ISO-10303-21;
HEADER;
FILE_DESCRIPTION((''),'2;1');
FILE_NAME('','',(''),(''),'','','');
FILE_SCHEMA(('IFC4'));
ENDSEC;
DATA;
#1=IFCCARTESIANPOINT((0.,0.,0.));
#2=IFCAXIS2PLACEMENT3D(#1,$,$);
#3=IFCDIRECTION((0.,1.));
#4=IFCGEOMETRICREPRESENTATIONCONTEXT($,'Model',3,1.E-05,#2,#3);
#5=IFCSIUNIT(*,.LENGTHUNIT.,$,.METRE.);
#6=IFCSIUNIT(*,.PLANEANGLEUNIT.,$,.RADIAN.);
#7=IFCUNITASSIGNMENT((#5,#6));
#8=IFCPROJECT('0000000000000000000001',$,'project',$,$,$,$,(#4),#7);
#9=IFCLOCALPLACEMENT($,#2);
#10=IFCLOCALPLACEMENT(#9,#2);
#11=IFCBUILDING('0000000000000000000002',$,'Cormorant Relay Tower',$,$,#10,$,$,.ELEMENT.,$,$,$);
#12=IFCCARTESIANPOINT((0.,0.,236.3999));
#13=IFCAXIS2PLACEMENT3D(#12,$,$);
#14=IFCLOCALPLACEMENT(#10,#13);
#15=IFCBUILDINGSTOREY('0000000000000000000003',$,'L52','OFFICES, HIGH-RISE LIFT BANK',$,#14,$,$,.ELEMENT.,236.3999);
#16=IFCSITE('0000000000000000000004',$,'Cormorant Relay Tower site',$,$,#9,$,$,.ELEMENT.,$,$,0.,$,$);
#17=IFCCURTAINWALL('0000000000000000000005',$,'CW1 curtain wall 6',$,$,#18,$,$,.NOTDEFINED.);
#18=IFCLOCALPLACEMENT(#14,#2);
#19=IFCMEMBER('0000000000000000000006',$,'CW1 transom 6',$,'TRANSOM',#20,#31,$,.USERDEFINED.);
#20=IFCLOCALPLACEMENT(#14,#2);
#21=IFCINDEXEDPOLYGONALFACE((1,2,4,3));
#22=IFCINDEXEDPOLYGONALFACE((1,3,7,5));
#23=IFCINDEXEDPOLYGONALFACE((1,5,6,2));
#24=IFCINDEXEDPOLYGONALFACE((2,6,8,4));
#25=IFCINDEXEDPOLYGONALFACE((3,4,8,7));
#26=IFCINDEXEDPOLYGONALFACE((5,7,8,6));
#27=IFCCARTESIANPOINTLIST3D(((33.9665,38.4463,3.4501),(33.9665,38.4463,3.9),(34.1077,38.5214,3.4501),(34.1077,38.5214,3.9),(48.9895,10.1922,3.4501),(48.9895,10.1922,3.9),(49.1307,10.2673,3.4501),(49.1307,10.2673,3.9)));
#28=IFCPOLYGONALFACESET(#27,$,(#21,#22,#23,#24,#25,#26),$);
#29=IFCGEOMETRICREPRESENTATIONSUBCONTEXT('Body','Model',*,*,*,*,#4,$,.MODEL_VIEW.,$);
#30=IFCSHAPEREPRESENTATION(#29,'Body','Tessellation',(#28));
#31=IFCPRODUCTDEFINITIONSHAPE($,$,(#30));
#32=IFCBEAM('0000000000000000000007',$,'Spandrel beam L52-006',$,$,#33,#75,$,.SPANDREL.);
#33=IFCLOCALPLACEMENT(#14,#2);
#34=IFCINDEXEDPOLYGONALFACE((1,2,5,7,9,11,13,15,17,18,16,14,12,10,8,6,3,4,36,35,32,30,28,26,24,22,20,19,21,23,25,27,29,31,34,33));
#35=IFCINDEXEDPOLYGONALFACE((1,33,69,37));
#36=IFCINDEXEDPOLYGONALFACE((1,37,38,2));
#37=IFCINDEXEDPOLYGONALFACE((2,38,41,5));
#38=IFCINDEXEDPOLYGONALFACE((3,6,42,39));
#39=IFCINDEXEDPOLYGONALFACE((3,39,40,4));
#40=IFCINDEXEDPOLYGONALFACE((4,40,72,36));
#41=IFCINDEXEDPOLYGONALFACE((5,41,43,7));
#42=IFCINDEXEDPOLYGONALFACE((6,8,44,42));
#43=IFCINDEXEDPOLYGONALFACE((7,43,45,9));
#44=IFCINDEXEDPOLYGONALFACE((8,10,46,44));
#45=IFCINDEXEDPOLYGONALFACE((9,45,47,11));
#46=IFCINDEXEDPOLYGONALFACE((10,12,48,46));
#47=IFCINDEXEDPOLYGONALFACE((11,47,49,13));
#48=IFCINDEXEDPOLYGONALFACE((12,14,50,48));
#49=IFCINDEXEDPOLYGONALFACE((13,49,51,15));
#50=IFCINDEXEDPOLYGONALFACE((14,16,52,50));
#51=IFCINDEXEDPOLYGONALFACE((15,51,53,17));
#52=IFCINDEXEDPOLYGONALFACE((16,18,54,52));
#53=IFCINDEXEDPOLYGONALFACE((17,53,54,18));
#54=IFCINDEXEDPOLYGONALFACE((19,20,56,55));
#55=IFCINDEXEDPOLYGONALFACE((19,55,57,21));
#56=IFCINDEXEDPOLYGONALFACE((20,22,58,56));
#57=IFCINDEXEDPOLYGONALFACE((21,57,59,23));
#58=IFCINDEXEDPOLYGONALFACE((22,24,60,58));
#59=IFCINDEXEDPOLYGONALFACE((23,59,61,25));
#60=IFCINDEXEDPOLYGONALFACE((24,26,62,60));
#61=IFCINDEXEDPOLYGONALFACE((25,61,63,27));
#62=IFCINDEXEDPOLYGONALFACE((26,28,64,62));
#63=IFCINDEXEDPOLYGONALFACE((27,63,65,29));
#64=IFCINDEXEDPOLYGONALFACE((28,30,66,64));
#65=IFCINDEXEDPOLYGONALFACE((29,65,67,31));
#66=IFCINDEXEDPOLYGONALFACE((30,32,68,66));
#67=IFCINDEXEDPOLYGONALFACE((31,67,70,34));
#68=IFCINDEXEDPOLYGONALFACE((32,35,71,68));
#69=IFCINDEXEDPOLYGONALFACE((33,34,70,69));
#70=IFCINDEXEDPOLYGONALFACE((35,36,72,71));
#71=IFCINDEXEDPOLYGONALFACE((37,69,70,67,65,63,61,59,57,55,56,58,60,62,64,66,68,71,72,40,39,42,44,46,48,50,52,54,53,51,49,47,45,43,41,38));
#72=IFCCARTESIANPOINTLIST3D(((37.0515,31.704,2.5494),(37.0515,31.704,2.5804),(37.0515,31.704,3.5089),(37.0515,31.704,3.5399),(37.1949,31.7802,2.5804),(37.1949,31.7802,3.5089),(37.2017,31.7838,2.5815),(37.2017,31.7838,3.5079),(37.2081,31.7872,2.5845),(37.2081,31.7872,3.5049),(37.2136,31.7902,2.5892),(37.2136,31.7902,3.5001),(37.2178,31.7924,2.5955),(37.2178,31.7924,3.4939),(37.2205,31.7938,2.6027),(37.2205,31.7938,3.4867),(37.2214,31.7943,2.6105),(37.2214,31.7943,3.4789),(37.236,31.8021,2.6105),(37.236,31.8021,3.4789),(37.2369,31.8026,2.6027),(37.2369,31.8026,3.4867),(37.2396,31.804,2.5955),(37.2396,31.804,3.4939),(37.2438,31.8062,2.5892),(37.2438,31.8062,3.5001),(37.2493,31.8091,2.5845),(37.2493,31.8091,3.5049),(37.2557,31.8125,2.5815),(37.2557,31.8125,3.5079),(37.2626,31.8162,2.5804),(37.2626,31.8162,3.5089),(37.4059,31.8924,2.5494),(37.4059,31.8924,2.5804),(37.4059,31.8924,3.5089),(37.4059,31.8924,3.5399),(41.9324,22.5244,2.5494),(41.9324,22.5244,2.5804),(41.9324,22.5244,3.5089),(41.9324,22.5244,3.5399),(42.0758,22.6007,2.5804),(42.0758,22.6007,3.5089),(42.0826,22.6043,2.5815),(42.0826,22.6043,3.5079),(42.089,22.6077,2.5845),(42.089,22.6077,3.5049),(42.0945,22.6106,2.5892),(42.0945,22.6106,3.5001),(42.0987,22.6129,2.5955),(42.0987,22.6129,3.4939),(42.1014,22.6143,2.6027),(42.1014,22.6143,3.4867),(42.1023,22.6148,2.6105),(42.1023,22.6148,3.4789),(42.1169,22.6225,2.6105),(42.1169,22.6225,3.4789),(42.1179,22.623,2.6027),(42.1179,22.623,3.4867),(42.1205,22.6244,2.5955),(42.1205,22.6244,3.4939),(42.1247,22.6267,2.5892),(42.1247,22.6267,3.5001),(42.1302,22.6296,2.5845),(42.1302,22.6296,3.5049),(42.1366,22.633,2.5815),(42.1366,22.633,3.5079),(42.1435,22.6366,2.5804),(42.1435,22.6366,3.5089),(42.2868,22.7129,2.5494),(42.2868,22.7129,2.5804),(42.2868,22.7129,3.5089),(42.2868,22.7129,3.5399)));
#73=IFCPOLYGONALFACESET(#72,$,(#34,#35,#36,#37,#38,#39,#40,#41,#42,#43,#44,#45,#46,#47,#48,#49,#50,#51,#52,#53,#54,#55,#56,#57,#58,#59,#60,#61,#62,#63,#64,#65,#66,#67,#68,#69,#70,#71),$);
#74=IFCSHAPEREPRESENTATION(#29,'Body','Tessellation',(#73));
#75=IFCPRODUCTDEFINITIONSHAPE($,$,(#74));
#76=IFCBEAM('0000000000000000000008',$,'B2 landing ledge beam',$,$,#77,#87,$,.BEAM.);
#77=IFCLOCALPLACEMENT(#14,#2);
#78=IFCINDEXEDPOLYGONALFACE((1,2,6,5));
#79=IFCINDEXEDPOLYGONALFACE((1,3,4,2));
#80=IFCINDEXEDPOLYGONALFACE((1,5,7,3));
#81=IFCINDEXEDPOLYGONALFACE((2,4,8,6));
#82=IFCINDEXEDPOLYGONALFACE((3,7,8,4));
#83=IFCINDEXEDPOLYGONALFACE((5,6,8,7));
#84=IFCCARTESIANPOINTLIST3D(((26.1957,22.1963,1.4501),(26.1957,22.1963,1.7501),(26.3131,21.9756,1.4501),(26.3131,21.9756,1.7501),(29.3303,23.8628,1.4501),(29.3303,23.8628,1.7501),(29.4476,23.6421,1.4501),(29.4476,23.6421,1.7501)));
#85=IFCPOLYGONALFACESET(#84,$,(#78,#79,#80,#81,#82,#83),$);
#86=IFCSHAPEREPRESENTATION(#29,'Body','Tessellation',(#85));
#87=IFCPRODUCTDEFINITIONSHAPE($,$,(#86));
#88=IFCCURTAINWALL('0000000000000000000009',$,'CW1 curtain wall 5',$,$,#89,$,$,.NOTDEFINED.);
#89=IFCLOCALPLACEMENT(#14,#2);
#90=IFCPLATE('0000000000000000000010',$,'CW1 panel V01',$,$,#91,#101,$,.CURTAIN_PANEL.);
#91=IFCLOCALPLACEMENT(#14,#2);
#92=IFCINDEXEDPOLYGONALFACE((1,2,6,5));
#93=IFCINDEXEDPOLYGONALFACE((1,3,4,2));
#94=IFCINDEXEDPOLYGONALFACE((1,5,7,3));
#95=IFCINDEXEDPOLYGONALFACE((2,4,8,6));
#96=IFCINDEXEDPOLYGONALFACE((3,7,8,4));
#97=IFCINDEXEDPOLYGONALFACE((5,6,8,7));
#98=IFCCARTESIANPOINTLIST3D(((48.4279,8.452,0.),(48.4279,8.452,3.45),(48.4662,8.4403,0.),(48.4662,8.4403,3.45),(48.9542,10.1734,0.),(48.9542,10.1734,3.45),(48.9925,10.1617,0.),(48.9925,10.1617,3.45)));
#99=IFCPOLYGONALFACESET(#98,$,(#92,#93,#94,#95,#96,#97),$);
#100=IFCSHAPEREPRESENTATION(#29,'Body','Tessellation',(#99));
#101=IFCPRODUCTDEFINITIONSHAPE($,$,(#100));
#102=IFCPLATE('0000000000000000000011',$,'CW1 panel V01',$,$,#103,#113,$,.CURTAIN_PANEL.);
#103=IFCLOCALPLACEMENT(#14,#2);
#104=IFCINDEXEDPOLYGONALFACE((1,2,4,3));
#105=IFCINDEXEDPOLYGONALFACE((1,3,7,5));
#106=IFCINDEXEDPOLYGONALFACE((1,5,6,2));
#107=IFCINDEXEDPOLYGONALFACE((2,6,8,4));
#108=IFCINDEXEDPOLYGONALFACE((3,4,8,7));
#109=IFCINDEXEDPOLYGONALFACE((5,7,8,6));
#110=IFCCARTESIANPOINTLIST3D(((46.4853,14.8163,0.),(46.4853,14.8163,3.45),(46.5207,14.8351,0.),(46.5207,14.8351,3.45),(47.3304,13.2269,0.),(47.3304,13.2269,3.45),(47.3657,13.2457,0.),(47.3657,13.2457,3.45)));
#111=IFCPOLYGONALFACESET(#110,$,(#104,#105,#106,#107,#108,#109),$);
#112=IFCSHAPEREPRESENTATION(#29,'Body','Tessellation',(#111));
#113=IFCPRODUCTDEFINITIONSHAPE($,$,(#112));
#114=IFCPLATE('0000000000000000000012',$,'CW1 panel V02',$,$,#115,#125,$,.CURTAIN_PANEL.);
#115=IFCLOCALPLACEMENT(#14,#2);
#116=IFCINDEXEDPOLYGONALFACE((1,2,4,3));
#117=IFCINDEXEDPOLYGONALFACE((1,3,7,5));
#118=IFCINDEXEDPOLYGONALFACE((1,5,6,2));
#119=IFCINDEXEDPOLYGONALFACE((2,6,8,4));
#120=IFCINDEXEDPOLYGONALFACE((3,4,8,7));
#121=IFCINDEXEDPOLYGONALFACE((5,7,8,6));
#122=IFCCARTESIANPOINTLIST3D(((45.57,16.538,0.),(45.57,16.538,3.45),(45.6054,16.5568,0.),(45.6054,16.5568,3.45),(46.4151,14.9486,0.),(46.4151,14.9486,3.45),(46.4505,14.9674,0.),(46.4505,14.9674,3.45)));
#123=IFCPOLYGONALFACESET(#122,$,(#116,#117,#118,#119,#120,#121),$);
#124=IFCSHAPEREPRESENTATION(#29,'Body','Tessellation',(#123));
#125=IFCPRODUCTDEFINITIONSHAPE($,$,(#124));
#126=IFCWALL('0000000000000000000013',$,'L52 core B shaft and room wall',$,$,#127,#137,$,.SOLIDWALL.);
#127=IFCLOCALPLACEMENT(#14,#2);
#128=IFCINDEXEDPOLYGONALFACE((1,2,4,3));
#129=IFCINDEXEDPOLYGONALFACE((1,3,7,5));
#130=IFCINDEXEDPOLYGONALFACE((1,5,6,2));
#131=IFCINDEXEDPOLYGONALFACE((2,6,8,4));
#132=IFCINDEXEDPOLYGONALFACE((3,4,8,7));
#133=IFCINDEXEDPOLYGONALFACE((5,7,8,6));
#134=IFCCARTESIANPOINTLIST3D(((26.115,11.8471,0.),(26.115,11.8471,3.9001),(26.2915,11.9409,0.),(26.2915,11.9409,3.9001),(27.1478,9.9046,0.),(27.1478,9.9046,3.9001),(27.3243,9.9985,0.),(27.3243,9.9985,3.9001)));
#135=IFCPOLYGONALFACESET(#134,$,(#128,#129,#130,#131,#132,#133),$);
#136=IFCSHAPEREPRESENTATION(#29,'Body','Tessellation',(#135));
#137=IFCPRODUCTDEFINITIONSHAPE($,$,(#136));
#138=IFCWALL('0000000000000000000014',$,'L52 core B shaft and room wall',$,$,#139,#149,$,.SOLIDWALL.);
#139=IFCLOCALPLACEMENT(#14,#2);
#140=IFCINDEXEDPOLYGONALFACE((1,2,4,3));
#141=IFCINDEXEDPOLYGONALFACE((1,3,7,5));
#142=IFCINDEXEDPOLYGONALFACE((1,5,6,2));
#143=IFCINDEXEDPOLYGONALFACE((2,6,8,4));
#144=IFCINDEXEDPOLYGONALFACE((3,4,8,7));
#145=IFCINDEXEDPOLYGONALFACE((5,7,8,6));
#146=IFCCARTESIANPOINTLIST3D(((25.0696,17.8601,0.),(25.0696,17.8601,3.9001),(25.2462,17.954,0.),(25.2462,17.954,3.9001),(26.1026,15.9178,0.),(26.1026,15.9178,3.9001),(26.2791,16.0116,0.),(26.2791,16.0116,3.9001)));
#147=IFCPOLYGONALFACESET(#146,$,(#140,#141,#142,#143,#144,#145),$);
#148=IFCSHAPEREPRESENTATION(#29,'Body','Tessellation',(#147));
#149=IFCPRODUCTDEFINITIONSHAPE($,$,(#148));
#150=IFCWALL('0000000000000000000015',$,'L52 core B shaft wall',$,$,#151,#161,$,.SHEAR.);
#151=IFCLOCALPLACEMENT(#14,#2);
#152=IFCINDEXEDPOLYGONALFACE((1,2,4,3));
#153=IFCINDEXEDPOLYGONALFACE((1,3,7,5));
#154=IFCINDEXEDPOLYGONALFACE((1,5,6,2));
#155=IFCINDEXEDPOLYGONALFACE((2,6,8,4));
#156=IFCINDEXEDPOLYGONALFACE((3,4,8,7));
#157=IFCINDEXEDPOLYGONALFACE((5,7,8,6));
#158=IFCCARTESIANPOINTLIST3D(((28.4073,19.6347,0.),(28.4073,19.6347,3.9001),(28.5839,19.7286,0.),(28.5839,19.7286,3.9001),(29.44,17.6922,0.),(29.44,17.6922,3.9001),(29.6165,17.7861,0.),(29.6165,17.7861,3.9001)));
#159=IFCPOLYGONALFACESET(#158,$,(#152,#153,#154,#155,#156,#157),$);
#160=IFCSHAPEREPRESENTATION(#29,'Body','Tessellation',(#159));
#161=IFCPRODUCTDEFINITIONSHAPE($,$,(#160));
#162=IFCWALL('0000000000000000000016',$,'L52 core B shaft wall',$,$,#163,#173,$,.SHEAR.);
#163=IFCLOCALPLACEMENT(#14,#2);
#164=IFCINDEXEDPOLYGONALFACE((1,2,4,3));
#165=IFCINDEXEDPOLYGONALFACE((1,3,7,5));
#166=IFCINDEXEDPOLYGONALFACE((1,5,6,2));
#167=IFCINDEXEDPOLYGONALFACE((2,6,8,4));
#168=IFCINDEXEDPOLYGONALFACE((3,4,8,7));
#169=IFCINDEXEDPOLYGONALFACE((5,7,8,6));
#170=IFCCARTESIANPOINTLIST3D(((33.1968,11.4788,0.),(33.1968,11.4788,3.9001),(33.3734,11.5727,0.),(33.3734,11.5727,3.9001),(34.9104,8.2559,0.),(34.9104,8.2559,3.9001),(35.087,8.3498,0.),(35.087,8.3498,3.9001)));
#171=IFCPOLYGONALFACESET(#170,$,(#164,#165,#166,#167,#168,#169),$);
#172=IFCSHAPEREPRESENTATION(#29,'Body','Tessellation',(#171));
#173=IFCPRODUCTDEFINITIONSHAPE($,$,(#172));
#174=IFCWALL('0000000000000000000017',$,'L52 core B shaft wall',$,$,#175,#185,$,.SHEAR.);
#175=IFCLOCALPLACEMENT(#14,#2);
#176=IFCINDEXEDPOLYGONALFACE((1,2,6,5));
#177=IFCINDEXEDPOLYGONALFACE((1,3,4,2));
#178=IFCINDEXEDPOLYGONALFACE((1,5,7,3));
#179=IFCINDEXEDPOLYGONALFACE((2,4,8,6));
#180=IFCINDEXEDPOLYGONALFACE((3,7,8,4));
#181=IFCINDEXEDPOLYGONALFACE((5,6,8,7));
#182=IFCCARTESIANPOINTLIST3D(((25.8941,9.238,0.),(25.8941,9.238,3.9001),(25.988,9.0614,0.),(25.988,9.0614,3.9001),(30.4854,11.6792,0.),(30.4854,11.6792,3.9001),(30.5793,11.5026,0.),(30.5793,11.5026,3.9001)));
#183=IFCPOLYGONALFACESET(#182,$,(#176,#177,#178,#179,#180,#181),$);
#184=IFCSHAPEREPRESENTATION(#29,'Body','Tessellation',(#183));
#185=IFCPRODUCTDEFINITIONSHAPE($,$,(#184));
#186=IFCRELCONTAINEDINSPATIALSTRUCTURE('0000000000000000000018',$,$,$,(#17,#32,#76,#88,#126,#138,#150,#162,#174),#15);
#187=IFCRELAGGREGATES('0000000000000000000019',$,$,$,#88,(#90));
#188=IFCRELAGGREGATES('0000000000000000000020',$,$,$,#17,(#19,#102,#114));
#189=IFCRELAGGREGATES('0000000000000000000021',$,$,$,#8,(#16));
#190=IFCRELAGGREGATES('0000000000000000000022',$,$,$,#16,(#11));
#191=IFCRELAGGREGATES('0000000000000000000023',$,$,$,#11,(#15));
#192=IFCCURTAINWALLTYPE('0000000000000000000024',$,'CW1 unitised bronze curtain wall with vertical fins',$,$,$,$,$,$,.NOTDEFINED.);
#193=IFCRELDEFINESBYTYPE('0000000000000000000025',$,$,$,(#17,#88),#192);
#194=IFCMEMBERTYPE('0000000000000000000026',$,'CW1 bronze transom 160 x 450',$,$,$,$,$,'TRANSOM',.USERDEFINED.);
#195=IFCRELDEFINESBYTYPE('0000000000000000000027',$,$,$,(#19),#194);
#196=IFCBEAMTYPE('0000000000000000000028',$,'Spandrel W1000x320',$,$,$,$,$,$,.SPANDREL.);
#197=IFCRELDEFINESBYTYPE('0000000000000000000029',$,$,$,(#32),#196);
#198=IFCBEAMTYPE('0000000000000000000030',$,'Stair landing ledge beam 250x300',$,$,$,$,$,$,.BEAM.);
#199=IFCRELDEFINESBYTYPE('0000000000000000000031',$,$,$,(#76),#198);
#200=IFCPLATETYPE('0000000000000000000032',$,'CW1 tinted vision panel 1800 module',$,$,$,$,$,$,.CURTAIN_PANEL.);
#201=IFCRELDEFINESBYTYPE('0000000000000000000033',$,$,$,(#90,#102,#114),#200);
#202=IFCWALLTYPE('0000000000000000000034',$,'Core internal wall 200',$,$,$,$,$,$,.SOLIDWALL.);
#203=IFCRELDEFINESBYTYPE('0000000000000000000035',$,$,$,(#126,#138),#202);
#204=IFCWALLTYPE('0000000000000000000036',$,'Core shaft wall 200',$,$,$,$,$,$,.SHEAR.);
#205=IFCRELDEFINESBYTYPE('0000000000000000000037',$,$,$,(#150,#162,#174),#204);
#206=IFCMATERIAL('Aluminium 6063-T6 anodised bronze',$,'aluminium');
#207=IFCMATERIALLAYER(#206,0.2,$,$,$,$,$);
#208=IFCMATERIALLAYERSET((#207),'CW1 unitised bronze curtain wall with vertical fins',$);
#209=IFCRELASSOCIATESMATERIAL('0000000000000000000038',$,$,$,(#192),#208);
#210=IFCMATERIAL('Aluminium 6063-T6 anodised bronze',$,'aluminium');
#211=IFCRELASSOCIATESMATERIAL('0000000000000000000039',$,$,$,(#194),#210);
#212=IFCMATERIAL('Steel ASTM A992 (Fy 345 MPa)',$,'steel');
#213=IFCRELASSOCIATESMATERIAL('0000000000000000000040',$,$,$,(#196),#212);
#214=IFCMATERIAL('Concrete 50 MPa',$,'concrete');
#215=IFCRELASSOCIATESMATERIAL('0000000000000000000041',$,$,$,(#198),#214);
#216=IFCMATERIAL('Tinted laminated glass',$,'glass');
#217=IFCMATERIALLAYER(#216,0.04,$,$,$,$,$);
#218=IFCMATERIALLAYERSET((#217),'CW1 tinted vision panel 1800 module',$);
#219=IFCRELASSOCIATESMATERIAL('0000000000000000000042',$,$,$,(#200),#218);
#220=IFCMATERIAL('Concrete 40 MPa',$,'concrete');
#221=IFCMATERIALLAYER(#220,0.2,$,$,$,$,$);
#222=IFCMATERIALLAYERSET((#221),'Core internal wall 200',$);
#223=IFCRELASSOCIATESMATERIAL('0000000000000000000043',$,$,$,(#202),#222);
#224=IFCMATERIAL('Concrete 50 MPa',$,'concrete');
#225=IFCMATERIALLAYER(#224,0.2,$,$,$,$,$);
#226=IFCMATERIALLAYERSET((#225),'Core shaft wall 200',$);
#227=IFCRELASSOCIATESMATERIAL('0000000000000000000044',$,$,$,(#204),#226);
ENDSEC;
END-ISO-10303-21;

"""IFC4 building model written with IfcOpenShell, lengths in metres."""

from ifc_helpers import new_model, si_unit, direction, frame, frame_2d, origin, origin_2d, place, context, subcontext, project, spatial, rectangle, i_section, extrude, material, layer, layer_set, material_profile, profile_set, type_object, element, aggregate, save


model = new_model("IFC4")

# Units and contexts
model_context = context("Model", 3, precision=1e-05, world=origin(), true_north=direction((0.0, 1.0)))
body_context = subcontext(model_context, "Body", "Model", "MODEL_VIEW")
ifc_project = project(units=[si_unit("LENGTHUNIT", "METRE"), si_unit("PLANEANGLEUNIT", "RADIAN")], contexts=[model_context])

# Site, building, storey
site_placement = place(None, origin())
site = spatial("IfcSite", under=ifc_project, at=site_placement, Name="Cormorant Relay Tower site", CompositionType="ELEMENT", RefElevation=0.0)
building_placement = place(site_placement, origin())
building = spatial("IfcBuilding", under=site, at=building_placement, Name="Cormorant Relay Tower", CompositionType="ELEMENT")
storey_placement = place(building_placement, frame((0.0, 0.0, 236.3999)))
storey = spatial("IfcBuildingStorey", under=building, at=storey_placement, Name="L52", Description="OFFICES, HIGH-RISE LIFT BANK", CompositionType="ELEMENT", Elevation=236.3999)

# Curtain wall, member
ifc_material_1 = material(Name="Aluminium 6063-T6 anodised bronze", Category="aluminium")
ifc_layer_1 = layer(ifc_material_1, 0.2)
ifc_layer_set_1 = layer_set([ifc_layer_1], Name="CW1 unitised bronze curtain wall with vertical fins")
curtain_wall_type = type_object("IfcCurtainWallType", Name="CW1 unitised bronze curtain wall with vertical fins", PredefinedType="NOTDEFINED", material=ifc_layer_set_1)
curtain_wall_1_placement = place(storey_placement, origin())
curtain_wall_1 = element("IfcCurtainWall", 1, at=curtain_wall_1_placement, inside=storey, type_object=curtain_wall_type, Name="CW1 curtain wall 6", PredefinedType="NOTDEFINED")
ifc_material_2 = material(Name="Aluminium 6063-T6 anodised bronze", Category="aluminium")
ifc_material_profile_1 = material_profile(ifc_material_2, rectangle(XDim=0.1599, YDim=0.45, at=origin_2d()), Name="AL 160x450")
ifc_profile_set_1 = profile_set([ifc_material_profile_1], Name="Aluminium 6063-T6 anodised bronze")
member_type_1 = type_object("IfcMemberType", Name="CW1 bronze transom 160 x 450", ElementType="TRANSOM", PredefinedType="USERDEFINED", material=ifc_profile_set_1)
member_1_placement = place(storey_placement, frame((49.0601, 10.2297, 3.675), z_axis=(-0.46947, 0.882948, 0.0), x_axis=(-0.882948, -0.46947, 0.0)))
member_1 = element("IfcMember", 2, at=member_1_placement, type_object=member_type_1, Name="CW1 transom 6", ObjectType="TRANSOM", PredefinedType="USERDEFINED", context=body_context, shape_type="SweptSolid", body=[
    extrude(rectangle(XDim=0.1599, YDim=0.45, at=origin_2d()), origin(), (0.0, 0.0, 1.0), 31.9998),
])

# Beams
ifc_material_3 = material(Name="Steel ASTM A992 (Fy 345 MPa)", Category="steel")
ifc_material_profile_2 = material_profile(ifc_material_3, i_section(OverallWidth=0.4014, OverallDepth=0.9905, WebThickness=0.0166, FlangeThickness=0.031, FilletRadius=0.03, at=origin_2d()), Name="W1000x320")
ifc_profile_set_2 = profile_set([ifc_material_profile_2], Name="Steel ASTM A992 (Fy 345 MPa)")
beam_type_1 = type_object("IfcBeamType", Name="Spandrel W1000x320", PredefinedType="SPANDREL", material=ifc_profile_set_2)
beam_1_placement = place(storey_placement, frame((42.1096, 22.6187, 3.0447), z_axis=(-0.469476, 0.882945, 0.0), x_axis=(-0.882945, -0.469476, 0.0)))
element("IfcBeam", 3, at=beam_1_placement, inside=storey, type_object=beam_type_1, Name="Spandrel beam L52-006", PredefinedType="SPANDREL", context=body_context, shape_type="SweptSolid", body=[
    extrude(i_section(OverallWidth=0.4014, OverallDepth=0.9905, WebThickness=0.0166, FlangeThickness=0.031, FilletRadius=0.03, at=origin_2d()), origin(), (0.0, 0.0, 1.0), 10.3965),
])
ifc_material_4 = material(Name="Concrete 50 MPa", Category="concrete")
ifc_material_profile_3 = material_profile(ifc_material_4, rectangle(XDim=0.25, YDim=0.3, at=origin_2d()), Name="RC 250x300")
ifc_profile_set_3 = profile_set([ifc_material_profile_3], Name="Concrete 50 MPa")
beam_type_2 = type_object("IfcBeamType", Name="Stair landing ledge beam 250x300", PredefinedType="BEAM", material=ifc_profile_set_3)
beam_2_placement = place(storey_placement, frame((26.2544, 22.0859, 1.6001), z_axis=(0.882965, 0.469438, 0.0), x_axis=(-0.469438, 0.882965, 0.0)))
element("IfcBeam", 4, at=beam_2_placement, inside=storey, type_object=beam_type_2, Name="B2 landing ledge beam", PredefinedType="BEAM", context=body_context, shape_type="SweptSolid", body=[
    extrude(rectangle(XDim=0.25, YDim=0.3, at=origin_2d()), origin(), (0.0, 0.0, 1.0), 3.55),
])

# Curtain wall, plate
curtain_wall_2_placement = place(storey_placement, origin())
curtain_wall_2 = element("IfcCurtainWall", 5, at=curtain_wall_2_placement, inside=storey, type_object=curtain_wall_type, Name="CW1 curtain wall 5", PredefinedType="NOTDEFINED")
ifc_material_5 = material(Name="Tinted laminated glass", Category="glass")
ifc_layer_2 = layer(ifc_material_5, 0.04)
ifc_layer_set_2 = layer_set([ifc_layer_2], Name="CW1 tinted vision panel 1800 module")
plate_type = type_object("IfcPlateType", Name="CW1 tinted vision panel 1800 module", PredefinedType="CURTAIN_PANEL", material=ifc_layer_set_2)
plate_1_placement = place(storey_placement, frame((48.7102, 9.3069, 0.0), z_axis=(0.0, 0.0, 1.0), x_axis=(0.292372, 0.956305, 0.0)))
plate_1 = element("IfcPlate", 6, at=plate_1_placement, type_object=plate_type, Name="CW1 panel V01", PredefinedType="CURTAIN_PANEL", context=body_context, shape_type="SweptSolid", body=[
    extrude(rectangle(XDim=1.8, YDim=0.04, at=origin_2d()), origin(), (0.0, 0.0, 1.0), 3.45),
])
aggregate(curtain_wall_2, [plate_1])

# Plates
plate_2_placement = place(storey_placement, frame((46.9255, 14.031, 0.0), z_axis=(0.0, 0.0, 1.0), x_axis=(-0.469472, 0.882948, 0.0)))
plate_2 = element("IfcPlate", 7, at=plate_2_placement, type_object=plate_type, Name="CW1 panel V01", PredefinedType="CURTAIN_PANEL", context=body_context, shape_type="SweptSolid", body=[
    extrude(rectangle(XDim=1.8, YDim=0.04, at=origin_2d()), origin(), (0.0, 0.0, 1.0), 3.45),
])
plate_3_placement = place(storey_placement, frame((46.0103, 15.7527, 0.0), z_axis=(0.0, 0.0, 1.0), x_axis=(-0.469472, 0.882948, 0.0)))
plate_3 = element("IfcPlate", 8, at=plate_3_placement, type_object=plate_type, Name="CW1 panel V02", PredefinedType="CURTAIN_PANEL", context=body_context, shape_type="SweptSolid", body=[
    extrude(rectangle(XDim=1.8, YDim=0.04, at=origin_2d()), origin(), (0.0, 0.0, 1.0), 3.45),
])

# Walls
ifc_material_6 = material(Name="Concrete 40 MPa", Category="concrete")
ifc_layer_3 = layer(ifc_material_6, 0.2)
ifc_layer_set_3 = layer_set([ifc_layer_3], Name="Core internal wall 200")
wall_type_1 = type_object("IfcWallType", Name="Core internal wall 200", PredefinedType="SOLIDWALL", material=ifc_layer_set_3)
for number, where, z_axis, x_axis, name in (
    (9, (27.2361, 9.9514, 0.0), (0.0, 0.0, 1.0), (-0.469447, 0.88296, 0.0), "L52 core B shaft and room wall"),
    (10, (26.1909, 15.9646, 0.0), (0.0, 0.0, 1.0), (-0.469534, 0.882914, 0.0), "L52 core B shaft and room wall"),
):
    element("IfcWall", number, at=place(storey_placement, frame(where, z_axis=z_axis, x_axis=x_axis)), inside=storey, type_object=wall_type_1, Name=name, PredefinedType="SOLIDWALL", context=body_context, shape_type="SweptSolid", body=[
        extrude(rectangle(XDim=2.2, YDim=0.2, at=frame_2d((1.1001, 0.0))), origin(), (0.0, 0.0, 1.0), 3.9001),
    ])
ifc_material_7 = material(Name="Concrete 50 MPa", Category="concrete")
ifc_layer_4 = layer(ifc_material_7, 0.2)
ifc_layer_set_4 = layer_set([ifc_layer_4], Name="Core shaft wall 200")
wall_type_2 = type_object("IfcWallType", Name="Core shaft wall 200", PredefinedType="SHEAR", material=ifc_layer_set_4)
wall_1_placement = place(storey_placement, frame((29.5283, 17.739, 0.0), z_axis=(0.0, 0.0, 1.0), x_axis=(-0.469401, 0.882985, 0.0)))
element("IfcWall", 11, at=wall_1_placement, inside=storey, type_object=wall_type_2, Name="L52 core B shaft wall", PredefinedType="SHEAR", context=body_context, shape_type="SweptSolid", body=[
    extrude(rectangle(XDim=2.2, YDim=0.2, at=frame_2d((1.1001, 0.0))), origin(), (0.0, 0.0, 1.0), 3.9001),
])
wall_2_placement = place(storey_placement, frame((34.9988, 8.3027, 0.0), z_axis=(0.0, 0.0, 1.0), x_axis=(-0.469467, 0.88295, 0.0)))
element("IfcWall", 12, at=wall_2_placement, inside=storey, type_object=wall_type_2, Name="L52 core B shaft wall", PredefinedType="SHEAR", context=body_context, shape_type="SweptSolid", body=[
    extrude(rectangle(XDim=3.6501, YDim=0.2, at=frame_2d((1.8252, 0.0))), origin(), (0.0, 0.0, 1.0), 3.9001),
])

# Wall
wall_3_placement = place(storey_placement, frame((25.9409, 9.1497, 0.0), z_axis=(0.0, 0.0, 1.0), x_axis=(0.882954, 0.46946, 0.0)))
element("IfcWall", 13, at=wall_3_placement, inside=storey, type_object=wall_type_2, Name="L52 core B shaft wall", PredefinedType="SHEAR", context=body_context, shape_type="SweptSolid", body=[
    extrude(rectangle(XDim=5.2, YDim=0.2, at=frame_2d((2.6001, 0.0))), origin(), (0.0, 0.0, 1.0), 3.9001),
])

aggregate(curtain_wall_1, [member_1, plate_2, plate_3])

save(model, "model.ifc")
